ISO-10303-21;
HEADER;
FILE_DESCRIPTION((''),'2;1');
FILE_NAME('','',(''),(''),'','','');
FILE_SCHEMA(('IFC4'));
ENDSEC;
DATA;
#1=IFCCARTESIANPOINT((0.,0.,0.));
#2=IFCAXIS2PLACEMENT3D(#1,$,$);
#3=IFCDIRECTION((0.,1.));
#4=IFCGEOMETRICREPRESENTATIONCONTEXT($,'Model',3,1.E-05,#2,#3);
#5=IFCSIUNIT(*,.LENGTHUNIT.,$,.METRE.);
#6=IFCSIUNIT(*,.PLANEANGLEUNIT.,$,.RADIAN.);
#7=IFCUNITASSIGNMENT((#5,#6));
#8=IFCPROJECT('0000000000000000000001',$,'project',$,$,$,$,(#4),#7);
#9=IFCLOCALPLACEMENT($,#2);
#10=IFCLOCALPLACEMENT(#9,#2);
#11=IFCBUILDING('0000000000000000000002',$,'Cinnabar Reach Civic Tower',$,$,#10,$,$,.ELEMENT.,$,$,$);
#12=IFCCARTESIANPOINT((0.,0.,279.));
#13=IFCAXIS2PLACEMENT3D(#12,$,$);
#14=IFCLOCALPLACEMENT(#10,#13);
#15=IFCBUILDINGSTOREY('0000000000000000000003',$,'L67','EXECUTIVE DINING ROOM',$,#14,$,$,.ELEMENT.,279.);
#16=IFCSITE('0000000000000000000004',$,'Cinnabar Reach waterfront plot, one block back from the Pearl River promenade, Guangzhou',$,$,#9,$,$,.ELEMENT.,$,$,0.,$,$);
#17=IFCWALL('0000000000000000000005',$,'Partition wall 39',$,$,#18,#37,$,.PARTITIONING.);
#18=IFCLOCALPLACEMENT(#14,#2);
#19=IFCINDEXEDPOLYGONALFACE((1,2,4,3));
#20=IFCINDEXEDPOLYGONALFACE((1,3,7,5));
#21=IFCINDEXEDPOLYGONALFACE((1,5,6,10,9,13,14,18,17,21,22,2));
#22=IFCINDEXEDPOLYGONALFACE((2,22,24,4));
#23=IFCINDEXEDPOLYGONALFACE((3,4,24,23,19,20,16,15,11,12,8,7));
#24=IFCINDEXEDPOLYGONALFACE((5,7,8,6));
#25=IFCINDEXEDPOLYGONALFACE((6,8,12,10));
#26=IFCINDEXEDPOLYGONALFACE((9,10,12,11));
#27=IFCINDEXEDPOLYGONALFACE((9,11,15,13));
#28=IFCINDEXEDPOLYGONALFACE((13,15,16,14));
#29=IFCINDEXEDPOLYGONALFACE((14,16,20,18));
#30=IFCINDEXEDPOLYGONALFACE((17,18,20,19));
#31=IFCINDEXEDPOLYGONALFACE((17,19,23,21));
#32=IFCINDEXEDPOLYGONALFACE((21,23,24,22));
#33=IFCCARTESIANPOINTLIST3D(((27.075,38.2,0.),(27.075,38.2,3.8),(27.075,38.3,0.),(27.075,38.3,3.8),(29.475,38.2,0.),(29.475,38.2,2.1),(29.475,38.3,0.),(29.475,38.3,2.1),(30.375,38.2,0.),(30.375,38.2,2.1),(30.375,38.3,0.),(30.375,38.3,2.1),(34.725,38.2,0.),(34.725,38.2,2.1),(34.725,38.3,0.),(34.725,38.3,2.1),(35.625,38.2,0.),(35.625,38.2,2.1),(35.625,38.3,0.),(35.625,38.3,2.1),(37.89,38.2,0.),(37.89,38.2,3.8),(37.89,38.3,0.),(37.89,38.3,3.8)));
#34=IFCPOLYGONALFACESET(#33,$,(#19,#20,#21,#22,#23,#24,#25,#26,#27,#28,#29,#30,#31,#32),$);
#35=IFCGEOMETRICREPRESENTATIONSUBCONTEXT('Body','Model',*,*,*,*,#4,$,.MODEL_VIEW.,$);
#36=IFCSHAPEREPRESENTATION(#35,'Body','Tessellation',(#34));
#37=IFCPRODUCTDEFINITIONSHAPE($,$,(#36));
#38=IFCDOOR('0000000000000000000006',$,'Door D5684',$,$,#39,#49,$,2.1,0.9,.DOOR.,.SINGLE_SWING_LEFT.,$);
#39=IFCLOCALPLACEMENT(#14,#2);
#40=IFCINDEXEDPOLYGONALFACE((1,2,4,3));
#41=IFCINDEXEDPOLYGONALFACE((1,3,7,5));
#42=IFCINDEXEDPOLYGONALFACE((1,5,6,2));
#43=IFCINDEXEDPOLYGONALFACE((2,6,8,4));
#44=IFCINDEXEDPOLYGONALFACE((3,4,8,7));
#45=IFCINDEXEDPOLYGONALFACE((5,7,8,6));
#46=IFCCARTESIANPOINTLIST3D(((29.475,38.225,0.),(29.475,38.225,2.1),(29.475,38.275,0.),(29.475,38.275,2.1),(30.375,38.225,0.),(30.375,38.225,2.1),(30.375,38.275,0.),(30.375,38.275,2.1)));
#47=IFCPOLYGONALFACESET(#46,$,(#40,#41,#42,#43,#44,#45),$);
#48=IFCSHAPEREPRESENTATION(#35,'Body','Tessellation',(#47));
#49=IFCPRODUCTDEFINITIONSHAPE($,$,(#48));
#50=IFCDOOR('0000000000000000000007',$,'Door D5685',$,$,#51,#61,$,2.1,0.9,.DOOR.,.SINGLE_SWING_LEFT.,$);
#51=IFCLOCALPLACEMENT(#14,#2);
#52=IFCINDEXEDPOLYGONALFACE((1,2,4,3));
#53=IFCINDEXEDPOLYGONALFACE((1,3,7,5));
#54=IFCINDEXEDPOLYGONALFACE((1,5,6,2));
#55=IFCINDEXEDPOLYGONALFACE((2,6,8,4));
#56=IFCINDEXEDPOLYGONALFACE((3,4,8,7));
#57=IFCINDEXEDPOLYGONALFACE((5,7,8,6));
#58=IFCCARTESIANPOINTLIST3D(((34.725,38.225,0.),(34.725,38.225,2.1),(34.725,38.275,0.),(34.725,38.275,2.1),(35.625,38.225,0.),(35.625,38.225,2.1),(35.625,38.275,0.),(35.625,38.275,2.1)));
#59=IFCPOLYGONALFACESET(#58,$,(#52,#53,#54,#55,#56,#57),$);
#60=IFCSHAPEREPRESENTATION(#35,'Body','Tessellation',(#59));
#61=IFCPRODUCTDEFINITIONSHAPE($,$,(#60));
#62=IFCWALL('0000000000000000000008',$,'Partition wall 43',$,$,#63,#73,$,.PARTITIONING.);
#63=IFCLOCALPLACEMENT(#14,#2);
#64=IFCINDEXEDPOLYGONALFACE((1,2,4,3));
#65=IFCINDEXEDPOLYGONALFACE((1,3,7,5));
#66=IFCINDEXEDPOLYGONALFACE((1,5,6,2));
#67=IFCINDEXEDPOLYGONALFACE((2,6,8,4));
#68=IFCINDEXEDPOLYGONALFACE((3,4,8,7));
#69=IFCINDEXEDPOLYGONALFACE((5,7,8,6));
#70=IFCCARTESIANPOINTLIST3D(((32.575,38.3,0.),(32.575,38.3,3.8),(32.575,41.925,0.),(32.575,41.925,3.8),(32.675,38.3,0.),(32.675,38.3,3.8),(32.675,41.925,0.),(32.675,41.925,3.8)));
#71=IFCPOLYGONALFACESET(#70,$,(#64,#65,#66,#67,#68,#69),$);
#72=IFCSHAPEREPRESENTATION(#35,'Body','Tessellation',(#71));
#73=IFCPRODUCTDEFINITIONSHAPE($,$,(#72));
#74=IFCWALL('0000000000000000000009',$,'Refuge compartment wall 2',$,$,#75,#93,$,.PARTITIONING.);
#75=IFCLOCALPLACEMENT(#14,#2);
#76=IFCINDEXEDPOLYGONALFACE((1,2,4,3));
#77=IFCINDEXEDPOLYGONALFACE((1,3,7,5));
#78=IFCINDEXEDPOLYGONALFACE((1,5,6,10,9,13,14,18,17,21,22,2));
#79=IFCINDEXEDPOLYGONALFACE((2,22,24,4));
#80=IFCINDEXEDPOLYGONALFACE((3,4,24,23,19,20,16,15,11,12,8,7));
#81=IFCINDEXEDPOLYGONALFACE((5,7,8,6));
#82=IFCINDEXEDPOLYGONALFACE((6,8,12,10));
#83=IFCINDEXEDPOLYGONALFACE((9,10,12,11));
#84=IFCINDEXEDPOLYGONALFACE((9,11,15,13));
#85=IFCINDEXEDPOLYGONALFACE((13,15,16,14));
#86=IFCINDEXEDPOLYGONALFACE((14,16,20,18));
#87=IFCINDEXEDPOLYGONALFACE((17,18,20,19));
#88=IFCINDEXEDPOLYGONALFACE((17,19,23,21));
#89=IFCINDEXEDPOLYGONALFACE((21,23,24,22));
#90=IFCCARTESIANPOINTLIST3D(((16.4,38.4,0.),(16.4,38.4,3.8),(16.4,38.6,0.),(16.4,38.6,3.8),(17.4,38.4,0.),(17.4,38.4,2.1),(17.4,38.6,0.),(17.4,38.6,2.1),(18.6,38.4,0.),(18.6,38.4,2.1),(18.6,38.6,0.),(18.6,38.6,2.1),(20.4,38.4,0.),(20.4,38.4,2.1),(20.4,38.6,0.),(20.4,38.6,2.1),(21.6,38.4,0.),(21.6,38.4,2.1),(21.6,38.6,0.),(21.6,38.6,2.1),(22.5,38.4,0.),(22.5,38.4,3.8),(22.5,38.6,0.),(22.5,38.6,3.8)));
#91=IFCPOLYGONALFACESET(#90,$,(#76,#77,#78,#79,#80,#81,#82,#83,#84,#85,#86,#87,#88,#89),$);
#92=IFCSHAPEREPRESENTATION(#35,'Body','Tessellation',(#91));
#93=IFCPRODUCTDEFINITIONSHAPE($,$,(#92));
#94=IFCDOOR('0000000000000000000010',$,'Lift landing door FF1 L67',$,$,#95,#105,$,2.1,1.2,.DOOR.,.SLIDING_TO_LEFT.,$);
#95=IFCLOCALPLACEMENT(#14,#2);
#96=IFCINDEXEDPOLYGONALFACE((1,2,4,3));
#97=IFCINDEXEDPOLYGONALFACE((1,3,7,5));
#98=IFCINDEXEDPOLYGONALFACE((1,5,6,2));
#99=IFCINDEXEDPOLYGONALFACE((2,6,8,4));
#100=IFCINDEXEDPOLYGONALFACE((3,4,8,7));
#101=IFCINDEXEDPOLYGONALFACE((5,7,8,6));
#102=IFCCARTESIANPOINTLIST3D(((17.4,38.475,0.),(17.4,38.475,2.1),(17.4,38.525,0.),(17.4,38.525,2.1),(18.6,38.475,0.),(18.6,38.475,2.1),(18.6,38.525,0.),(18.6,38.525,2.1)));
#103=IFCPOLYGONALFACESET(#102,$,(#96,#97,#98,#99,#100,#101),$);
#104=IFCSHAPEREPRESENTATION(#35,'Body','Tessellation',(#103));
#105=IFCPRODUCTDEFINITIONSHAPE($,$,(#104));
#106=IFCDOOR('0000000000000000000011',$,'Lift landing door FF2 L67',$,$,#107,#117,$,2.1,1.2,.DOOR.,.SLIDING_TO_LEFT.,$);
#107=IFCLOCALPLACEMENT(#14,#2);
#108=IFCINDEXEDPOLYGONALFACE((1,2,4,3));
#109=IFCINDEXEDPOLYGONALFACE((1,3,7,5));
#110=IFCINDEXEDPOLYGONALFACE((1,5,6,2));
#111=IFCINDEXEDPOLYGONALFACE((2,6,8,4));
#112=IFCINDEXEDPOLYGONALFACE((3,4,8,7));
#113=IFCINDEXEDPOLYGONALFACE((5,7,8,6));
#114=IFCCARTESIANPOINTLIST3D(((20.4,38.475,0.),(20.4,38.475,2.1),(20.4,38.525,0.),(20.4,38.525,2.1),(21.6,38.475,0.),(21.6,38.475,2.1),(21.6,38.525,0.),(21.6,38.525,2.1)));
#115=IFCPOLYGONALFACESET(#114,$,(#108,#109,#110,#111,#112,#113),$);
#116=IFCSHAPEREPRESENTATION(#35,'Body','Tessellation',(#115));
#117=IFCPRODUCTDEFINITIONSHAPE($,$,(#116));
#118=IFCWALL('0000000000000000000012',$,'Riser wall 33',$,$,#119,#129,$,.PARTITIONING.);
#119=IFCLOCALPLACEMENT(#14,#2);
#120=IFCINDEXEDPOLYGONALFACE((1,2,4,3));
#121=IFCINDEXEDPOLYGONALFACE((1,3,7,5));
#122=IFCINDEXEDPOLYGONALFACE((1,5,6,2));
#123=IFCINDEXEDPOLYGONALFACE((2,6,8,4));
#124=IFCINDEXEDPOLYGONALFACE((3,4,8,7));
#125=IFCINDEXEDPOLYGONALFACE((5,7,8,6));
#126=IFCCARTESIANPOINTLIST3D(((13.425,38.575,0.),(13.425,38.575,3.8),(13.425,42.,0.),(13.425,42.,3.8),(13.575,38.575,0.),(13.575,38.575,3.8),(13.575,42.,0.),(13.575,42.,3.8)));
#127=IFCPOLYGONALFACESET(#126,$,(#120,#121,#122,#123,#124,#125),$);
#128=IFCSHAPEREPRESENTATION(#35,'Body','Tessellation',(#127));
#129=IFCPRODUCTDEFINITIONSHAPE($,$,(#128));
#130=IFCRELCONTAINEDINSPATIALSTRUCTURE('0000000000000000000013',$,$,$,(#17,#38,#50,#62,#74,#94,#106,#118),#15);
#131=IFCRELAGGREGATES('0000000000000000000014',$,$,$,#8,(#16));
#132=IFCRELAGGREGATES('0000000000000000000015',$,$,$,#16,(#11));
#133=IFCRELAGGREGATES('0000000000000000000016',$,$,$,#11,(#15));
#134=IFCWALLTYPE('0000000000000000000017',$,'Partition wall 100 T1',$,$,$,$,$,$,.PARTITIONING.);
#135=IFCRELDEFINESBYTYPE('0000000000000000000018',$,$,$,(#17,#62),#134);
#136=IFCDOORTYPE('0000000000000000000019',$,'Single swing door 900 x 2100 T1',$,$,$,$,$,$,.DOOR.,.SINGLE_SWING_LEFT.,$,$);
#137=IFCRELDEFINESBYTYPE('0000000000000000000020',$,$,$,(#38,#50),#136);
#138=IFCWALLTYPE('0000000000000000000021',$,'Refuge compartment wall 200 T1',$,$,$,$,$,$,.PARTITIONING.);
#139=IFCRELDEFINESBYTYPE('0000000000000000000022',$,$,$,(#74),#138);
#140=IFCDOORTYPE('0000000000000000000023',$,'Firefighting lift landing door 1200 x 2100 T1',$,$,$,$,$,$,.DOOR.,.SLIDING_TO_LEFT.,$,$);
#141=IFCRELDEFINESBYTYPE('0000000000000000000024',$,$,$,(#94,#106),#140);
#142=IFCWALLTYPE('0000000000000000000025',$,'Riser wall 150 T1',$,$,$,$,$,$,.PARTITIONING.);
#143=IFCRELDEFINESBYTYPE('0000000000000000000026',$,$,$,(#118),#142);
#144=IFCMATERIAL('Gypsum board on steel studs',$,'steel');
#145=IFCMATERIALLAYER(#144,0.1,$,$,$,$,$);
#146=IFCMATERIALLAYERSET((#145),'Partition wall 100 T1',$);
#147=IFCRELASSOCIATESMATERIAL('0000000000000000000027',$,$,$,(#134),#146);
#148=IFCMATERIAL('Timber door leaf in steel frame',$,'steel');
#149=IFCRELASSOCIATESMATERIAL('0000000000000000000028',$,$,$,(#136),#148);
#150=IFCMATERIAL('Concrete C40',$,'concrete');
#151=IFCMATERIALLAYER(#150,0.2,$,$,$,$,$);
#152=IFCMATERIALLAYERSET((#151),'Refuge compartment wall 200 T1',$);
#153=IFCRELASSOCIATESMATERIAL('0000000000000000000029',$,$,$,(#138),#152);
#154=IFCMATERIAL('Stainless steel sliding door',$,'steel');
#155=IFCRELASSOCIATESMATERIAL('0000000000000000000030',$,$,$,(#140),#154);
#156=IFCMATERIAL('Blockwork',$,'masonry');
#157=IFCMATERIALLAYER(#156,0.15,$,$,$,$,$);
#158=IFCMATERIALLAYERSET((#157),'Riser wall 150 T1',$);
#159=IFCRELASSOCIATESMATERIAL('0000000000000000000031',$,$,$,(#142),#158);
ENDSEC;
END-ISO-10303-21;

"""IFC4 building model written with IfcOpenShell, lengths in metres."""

from ifc_helpers import new_model, si_unit, direction, frame, frame_2d, origin, place, context, subcontext, project, spatial, rectangle, extrude, material, layer, layer_set, type_object, element, fill, save


model = new_model("IFC4")

# Units and contexts
model_context = context("Model", 3, precision=1e-05, world=origin(), true_north=direction((0.0, 1.0)))
body_context = subcontext(model_context, "Body", "Model", "MODEL_VIEW")
ifc_project = project(units=[si_unit("LENGTHUNIT", "METRE"), si_unit("PLANEANGLEUNIT", "RADIAN")], contexts=[model_context])

# Site, building, storey
site_placement = place(None, origin())
site = spatial("IfcSite", under=ifc_project, at=site_placement, Name="Cinnabar Reach waterfront plot, one block back from the Pearl River promenade, Guangzhou", CompositionType="ELEMENT", RefElevation=0.0)
building_placement = place(site_placement, origin())
building = spatial("IfcBuilding", under=site, at=building_placement, Name="Cinnabar Reach Civic Tower", CompositionType="ELEMENT")
storey_placement = place(building_placement, frame((0.0, 0.0, 279.0)))
storey = spatial("IfcBuildingStorey", under=building, at=storey_placement, Name="L67", Description="EXECUTIVE DINING ROOM", CompositionType="ELEMENT", Elevation=279.0)

# Shared definitions
ifc_material_1 = material(Name="Blockwork", Category="masonry")
ifc_material_2 = material(Name="Gypsum board on steel studs", Category="steel")
ifc_layer_1 = layer(ifc_material_2, 0.1)
ifc_layer_set_1 = layer_set([ifc_layer_1], Name="Partition wall 100 T1")
wall_type_1 = type_object("IfcWallType", Name="Partition wall 100 T1", PredefinedType="PARTITIONING", material=ifc_layer_set_1)

# Shared definitions
ifc_material_3 = material(Name="Timber door leaf in steel frame", Category="steel")
door_type_1 = type_object("IfcDoorType", Name="Single swing door 900 x 2100 T1", OperationType="SINGLE_SWING_LEFT", PredefinedType="DOOR", material=ifc_material_3)

# Wall, openings, doors
wall_1_placement = place(storey_placement, frame((27.075, 38.25, 0.0), z_axis=(0.0, 0.0, 1.0), x_axis=(1.0, 0.0, 0.0)))
wall_1 = element("IfcWall", 1, at=wall_1_placement, inside=storey, type_object=wall_type_1, Name="Partition wall 39", PredefinedType="PARTITIONING", context=body_context, shape_type="SweptSolid", body=[
    extrude(rectangle(XDim=10.815, YDim=0.1, at=frame_2d((5.4075, 0.0))), origin(), (0.0, 0.0, 1.0), 3.8),
])
opening_1_placement = place(wall_1_placement, frame((2.4, 0.0, 0.0)))
opening_1 = element("IfcOpeningElement", 2, at=opening_1_placement, cuts=wall_1, PredefinedType="OPENING", context=body_context, shape_type="SweptSolid", body=[
    extrude(rectangle(XDim=0.9, YDim=2.1, at=frame_2d((0.45, 1.05))), frame((0.0, 0.06, 0.0), z_axis=(0.0, -1.0, 0.0), x_axis=(1.0, 0.0, 0.0)), (0.0, 0.0, 1.0), 0.12),
])
opening_2_placement = place(wall_1_placement, frame((7.65, 0.0, 0.0)))
opening_2 = element("IfcOpeningElement", 3, at=opening_2_placement, cuts=wall_1, PredefinedType="OPENING", context=body_context, shape_type="SweptSolid", body=[
    extrude(rectangle(XDim=0.9, YDim=2.1, at=frame_2d((0.45, 1.05))), frame((0.0, 0.06, 0.0), z_axis=(0.0, -1.0, 0.0), x_axis=(1.0, 0.0, 0.0)), (0.0, 0.0, 1.0), 0.12),
])
door_1_placement = place(opening_1_placement, origin())
door_1 = element("IfcDoor", 4, at=door_1_placement, inside=storey, type_object=door_type_1, Name="Door D5684", OperationType="SINGLE_SWING_LEFT", OverallHeight=2.1, OverallWidth=0.9, PredefinedType="DOOR", context=body_context, shape_type="SweptSolid", body=[
    extrude(rectangle(XDim=0.9, YDim=2.1, at=frame_2d((0.45, 1.05))), frame((0.0, 0.025, 0.0), z_axis=(0.0, -1.0, 0.0), x_axis=(1.0, 0.0, 0.0)), (0.0, 0.0, 1.0), 0.05),
])
fill(opening_1, door_1)
door_2_placement = place(opening_2_placement, origin())
door_2 = element("IfcDoor", 5, at=door_2_placement, inside=storey, type_object=door_type_1, Name="Door D5685", OperationType="SINGLE_SWING_LEFT", OverallHeight=2.1, OverallWidth=0.9, PredefinedType="DOOR", context=body_context, shape_type="SweptSolid", body=[
    extrude(rectangle(XDim=0.9, YDim=2.1, at=frame_2d((0.45, 1.05))), frame((0.0, 0.025, 0.0), z_axis=(0.0, -1.0, 0.0), x_axis=(1.0, 0.0, 0.0)), (0.0, 0.0, 1.0), 0.05),
])
fill(opening_2, door_2)

# Wall
wall_2_placement = place(storey_placement, frame((32.625, 38.3, 0.0), z_axis=(0.0, 0.0, 1.0), x_axis=(0.0, 1.0, 0.0)))
element("IfcWall", 6, at=wall_2_placement, inside=storey, type_object=wall_type_1, Name="Partition wall 43", PredefinedType="PARTITIONING", context=body_context, shape_type="SweptSolid", body=[
    extrude(rectangle(XDim=3.625, YDim=0.1, at=frame_2d((1.8125, 0.0))), origin(), (0.0, 0.0, 1.0), 3.8),
])

# Wall, openings, doors
ifc_material_4 = material(Name="Concrete C40", Category="concrete")
ifc_layer_2 = layer(ifc_material_4, 0.2)
ifc_layer_set_2 = layer_set([ifc_layer_2], Name="Refuge compartment wall 200 T1")
wall_type_2 = type_object("IfcWallType", Name="Refuge compartment wall 200 T1", PredefinedType="PARTITIONING", material=ifc_layer_set_2)
wall_3_placement = place(storey_placement, frame((16.4, 38.5, 0.0), z_axis=(0.0, 0.0, 1.0), x_axis=(1.0, 0.0, 0.0)))
wall_3 = element("IfcWall", 7, at=wall_3_placement, inside=storey, type_object=wall_type_2, Name="Refuge compartment wall 2", PredefinedType="PARTITIONING", context=body_context, shape_type="SweptSolid", body=[
    extrude(rectangle(XDim=6.1, YDim=0.2, at=frame_2d((3.05, 0.0))), origin(), (0.0, 0.0, 1.0), 3.8),
])
opening_3_placement = place(wall_3_placement, frame((1.0, 0.0, 0.0)))
opening_3 = element("IfcOpeningElement", 8, at=opening_3_placement, cuts=wall_3, PredefinedType="OPENING", context=body_context, shape_type="SweptSolid", body=[
    extrude(rectangle(XDim=1.2, YDim=2.1, at=frame_2d((0.6, 1.05))), frame((0.0, 0.11, 0.0), z_axis=(0.0, -1.0, 0.0), x_axis=(1.0, 0.0, 0.0)), (0.0, 0.0, 1.0), 0.22),
])
opening_4_placement = place(wall_3_placement, frame((4.0, 0.0, 0.0)))
opening_4 = element("IfcOpeningElement", 9, at=opening_4_placement, cuts=wall_3, PredefinedType="OPENING", context=body_context, shape_type="SweptSolid", body=[
    extrude(rectangle(XDim=1.2, YDim=2.1, at=frame_2d((0.6, 1.05))), frame((0.0, 0.11, 0.0), z_axis=(0.0, -1.0, 0.0), x_axis=(1.0, 0.0, 0.0)), (0.0, 0.0, 1.0), 0.22),
])
ifc_material_5 = material(Name="Stainless steel sliding door", Category="steel")
door_type_2 = type_object("IfcDoorType", Name="Firefighting lift landing door 1200 x 2100 T1", OperationType="SLIDING_TO_LEFT", PredefinedType="DOOR", material=ifc_material_5)
door_3_placement = place(opening_3_placement, origin())
door_3 = element("IfcDoor", 10, at=door_3_placement, inside=storey, type_object=door_type_2, Name="Lift landing door FF1 L67", OperationType="SLIDING_TO_LEFT", OverallHeight=2.1, OverallWidth=1.2, PredefinedType="DOOR", context=body_context, shape_type="SweptSolid", body=[
    extrude(rectangle(XDim=1.2, YDim=2.1, at=frame_2d((0.6, 1.05))), frame((0.0, 0.025, 0.0), z_axis=(0.0, -1.0, 0.0), x_axis=(1.0, 0.0, 0.0)), (0.0, 0.0, 1.0), 0.05),
])
fill(opening_3, door_3)
door_4_placement = place(opening_4_placement, origin())
door_4 = element("IfcDoor", 11, at=door_4_placement, inside=storey, type_object=door_type_2, Name="Lift landing door FF2 L67", OperationType="SLIDING_TO_LEFT", OverallHeight=2.1, OverallWidth=1.2, PredefinedType="DOOR", context=body_context, shape_type="SweptSolid", body=[
    extrude(rectangle(XDim=1.2, YDim=2.1, at=frame_2d((0.6, 1.05))), frame((0.0, 0.025, 0.0), z_axis=(0.0, -1.0, 0.0), x_axis=(1.0, 0.0, 0.0)), (0.0, 0.0, 1.0), 0.05),
])
fill(opening_4, door_4)

# Wall
ifc_layer_3 = layer(ifc_material_1, 0.15)
ifc_layer_set_3 = layer_set([ifc_layer_3], Name="Riser wall 150 T1")
wall_type_3 = type_object("IfcWallType", Name="Riser wall 150 T1", PredefinedType="PARTITIONING", material=ifc_layer_set_3)
wall_4_placement = place(storey_placement, frame((13.5, 38.575, 0.0), z_axis=(0.0, 0.0, 1.0), x_axis=(0.0, 1.0, 0.0)))
element("IfcWall", 12, at=wall_4_placement, inside=storey, type_object=wall_type_3, Name="Riser wall 33", PredefinedType="PARTITIONING", context=body_context, shape_type="SweptSolid", body=[
    extrude(rectangle(XDim=3.425, YDim=0.15, at=frame_2d((1.7125, 0.0))), origin(), (0.0, 0.0, 1.0), 3.8),
])

save(model, "model.ifc")
